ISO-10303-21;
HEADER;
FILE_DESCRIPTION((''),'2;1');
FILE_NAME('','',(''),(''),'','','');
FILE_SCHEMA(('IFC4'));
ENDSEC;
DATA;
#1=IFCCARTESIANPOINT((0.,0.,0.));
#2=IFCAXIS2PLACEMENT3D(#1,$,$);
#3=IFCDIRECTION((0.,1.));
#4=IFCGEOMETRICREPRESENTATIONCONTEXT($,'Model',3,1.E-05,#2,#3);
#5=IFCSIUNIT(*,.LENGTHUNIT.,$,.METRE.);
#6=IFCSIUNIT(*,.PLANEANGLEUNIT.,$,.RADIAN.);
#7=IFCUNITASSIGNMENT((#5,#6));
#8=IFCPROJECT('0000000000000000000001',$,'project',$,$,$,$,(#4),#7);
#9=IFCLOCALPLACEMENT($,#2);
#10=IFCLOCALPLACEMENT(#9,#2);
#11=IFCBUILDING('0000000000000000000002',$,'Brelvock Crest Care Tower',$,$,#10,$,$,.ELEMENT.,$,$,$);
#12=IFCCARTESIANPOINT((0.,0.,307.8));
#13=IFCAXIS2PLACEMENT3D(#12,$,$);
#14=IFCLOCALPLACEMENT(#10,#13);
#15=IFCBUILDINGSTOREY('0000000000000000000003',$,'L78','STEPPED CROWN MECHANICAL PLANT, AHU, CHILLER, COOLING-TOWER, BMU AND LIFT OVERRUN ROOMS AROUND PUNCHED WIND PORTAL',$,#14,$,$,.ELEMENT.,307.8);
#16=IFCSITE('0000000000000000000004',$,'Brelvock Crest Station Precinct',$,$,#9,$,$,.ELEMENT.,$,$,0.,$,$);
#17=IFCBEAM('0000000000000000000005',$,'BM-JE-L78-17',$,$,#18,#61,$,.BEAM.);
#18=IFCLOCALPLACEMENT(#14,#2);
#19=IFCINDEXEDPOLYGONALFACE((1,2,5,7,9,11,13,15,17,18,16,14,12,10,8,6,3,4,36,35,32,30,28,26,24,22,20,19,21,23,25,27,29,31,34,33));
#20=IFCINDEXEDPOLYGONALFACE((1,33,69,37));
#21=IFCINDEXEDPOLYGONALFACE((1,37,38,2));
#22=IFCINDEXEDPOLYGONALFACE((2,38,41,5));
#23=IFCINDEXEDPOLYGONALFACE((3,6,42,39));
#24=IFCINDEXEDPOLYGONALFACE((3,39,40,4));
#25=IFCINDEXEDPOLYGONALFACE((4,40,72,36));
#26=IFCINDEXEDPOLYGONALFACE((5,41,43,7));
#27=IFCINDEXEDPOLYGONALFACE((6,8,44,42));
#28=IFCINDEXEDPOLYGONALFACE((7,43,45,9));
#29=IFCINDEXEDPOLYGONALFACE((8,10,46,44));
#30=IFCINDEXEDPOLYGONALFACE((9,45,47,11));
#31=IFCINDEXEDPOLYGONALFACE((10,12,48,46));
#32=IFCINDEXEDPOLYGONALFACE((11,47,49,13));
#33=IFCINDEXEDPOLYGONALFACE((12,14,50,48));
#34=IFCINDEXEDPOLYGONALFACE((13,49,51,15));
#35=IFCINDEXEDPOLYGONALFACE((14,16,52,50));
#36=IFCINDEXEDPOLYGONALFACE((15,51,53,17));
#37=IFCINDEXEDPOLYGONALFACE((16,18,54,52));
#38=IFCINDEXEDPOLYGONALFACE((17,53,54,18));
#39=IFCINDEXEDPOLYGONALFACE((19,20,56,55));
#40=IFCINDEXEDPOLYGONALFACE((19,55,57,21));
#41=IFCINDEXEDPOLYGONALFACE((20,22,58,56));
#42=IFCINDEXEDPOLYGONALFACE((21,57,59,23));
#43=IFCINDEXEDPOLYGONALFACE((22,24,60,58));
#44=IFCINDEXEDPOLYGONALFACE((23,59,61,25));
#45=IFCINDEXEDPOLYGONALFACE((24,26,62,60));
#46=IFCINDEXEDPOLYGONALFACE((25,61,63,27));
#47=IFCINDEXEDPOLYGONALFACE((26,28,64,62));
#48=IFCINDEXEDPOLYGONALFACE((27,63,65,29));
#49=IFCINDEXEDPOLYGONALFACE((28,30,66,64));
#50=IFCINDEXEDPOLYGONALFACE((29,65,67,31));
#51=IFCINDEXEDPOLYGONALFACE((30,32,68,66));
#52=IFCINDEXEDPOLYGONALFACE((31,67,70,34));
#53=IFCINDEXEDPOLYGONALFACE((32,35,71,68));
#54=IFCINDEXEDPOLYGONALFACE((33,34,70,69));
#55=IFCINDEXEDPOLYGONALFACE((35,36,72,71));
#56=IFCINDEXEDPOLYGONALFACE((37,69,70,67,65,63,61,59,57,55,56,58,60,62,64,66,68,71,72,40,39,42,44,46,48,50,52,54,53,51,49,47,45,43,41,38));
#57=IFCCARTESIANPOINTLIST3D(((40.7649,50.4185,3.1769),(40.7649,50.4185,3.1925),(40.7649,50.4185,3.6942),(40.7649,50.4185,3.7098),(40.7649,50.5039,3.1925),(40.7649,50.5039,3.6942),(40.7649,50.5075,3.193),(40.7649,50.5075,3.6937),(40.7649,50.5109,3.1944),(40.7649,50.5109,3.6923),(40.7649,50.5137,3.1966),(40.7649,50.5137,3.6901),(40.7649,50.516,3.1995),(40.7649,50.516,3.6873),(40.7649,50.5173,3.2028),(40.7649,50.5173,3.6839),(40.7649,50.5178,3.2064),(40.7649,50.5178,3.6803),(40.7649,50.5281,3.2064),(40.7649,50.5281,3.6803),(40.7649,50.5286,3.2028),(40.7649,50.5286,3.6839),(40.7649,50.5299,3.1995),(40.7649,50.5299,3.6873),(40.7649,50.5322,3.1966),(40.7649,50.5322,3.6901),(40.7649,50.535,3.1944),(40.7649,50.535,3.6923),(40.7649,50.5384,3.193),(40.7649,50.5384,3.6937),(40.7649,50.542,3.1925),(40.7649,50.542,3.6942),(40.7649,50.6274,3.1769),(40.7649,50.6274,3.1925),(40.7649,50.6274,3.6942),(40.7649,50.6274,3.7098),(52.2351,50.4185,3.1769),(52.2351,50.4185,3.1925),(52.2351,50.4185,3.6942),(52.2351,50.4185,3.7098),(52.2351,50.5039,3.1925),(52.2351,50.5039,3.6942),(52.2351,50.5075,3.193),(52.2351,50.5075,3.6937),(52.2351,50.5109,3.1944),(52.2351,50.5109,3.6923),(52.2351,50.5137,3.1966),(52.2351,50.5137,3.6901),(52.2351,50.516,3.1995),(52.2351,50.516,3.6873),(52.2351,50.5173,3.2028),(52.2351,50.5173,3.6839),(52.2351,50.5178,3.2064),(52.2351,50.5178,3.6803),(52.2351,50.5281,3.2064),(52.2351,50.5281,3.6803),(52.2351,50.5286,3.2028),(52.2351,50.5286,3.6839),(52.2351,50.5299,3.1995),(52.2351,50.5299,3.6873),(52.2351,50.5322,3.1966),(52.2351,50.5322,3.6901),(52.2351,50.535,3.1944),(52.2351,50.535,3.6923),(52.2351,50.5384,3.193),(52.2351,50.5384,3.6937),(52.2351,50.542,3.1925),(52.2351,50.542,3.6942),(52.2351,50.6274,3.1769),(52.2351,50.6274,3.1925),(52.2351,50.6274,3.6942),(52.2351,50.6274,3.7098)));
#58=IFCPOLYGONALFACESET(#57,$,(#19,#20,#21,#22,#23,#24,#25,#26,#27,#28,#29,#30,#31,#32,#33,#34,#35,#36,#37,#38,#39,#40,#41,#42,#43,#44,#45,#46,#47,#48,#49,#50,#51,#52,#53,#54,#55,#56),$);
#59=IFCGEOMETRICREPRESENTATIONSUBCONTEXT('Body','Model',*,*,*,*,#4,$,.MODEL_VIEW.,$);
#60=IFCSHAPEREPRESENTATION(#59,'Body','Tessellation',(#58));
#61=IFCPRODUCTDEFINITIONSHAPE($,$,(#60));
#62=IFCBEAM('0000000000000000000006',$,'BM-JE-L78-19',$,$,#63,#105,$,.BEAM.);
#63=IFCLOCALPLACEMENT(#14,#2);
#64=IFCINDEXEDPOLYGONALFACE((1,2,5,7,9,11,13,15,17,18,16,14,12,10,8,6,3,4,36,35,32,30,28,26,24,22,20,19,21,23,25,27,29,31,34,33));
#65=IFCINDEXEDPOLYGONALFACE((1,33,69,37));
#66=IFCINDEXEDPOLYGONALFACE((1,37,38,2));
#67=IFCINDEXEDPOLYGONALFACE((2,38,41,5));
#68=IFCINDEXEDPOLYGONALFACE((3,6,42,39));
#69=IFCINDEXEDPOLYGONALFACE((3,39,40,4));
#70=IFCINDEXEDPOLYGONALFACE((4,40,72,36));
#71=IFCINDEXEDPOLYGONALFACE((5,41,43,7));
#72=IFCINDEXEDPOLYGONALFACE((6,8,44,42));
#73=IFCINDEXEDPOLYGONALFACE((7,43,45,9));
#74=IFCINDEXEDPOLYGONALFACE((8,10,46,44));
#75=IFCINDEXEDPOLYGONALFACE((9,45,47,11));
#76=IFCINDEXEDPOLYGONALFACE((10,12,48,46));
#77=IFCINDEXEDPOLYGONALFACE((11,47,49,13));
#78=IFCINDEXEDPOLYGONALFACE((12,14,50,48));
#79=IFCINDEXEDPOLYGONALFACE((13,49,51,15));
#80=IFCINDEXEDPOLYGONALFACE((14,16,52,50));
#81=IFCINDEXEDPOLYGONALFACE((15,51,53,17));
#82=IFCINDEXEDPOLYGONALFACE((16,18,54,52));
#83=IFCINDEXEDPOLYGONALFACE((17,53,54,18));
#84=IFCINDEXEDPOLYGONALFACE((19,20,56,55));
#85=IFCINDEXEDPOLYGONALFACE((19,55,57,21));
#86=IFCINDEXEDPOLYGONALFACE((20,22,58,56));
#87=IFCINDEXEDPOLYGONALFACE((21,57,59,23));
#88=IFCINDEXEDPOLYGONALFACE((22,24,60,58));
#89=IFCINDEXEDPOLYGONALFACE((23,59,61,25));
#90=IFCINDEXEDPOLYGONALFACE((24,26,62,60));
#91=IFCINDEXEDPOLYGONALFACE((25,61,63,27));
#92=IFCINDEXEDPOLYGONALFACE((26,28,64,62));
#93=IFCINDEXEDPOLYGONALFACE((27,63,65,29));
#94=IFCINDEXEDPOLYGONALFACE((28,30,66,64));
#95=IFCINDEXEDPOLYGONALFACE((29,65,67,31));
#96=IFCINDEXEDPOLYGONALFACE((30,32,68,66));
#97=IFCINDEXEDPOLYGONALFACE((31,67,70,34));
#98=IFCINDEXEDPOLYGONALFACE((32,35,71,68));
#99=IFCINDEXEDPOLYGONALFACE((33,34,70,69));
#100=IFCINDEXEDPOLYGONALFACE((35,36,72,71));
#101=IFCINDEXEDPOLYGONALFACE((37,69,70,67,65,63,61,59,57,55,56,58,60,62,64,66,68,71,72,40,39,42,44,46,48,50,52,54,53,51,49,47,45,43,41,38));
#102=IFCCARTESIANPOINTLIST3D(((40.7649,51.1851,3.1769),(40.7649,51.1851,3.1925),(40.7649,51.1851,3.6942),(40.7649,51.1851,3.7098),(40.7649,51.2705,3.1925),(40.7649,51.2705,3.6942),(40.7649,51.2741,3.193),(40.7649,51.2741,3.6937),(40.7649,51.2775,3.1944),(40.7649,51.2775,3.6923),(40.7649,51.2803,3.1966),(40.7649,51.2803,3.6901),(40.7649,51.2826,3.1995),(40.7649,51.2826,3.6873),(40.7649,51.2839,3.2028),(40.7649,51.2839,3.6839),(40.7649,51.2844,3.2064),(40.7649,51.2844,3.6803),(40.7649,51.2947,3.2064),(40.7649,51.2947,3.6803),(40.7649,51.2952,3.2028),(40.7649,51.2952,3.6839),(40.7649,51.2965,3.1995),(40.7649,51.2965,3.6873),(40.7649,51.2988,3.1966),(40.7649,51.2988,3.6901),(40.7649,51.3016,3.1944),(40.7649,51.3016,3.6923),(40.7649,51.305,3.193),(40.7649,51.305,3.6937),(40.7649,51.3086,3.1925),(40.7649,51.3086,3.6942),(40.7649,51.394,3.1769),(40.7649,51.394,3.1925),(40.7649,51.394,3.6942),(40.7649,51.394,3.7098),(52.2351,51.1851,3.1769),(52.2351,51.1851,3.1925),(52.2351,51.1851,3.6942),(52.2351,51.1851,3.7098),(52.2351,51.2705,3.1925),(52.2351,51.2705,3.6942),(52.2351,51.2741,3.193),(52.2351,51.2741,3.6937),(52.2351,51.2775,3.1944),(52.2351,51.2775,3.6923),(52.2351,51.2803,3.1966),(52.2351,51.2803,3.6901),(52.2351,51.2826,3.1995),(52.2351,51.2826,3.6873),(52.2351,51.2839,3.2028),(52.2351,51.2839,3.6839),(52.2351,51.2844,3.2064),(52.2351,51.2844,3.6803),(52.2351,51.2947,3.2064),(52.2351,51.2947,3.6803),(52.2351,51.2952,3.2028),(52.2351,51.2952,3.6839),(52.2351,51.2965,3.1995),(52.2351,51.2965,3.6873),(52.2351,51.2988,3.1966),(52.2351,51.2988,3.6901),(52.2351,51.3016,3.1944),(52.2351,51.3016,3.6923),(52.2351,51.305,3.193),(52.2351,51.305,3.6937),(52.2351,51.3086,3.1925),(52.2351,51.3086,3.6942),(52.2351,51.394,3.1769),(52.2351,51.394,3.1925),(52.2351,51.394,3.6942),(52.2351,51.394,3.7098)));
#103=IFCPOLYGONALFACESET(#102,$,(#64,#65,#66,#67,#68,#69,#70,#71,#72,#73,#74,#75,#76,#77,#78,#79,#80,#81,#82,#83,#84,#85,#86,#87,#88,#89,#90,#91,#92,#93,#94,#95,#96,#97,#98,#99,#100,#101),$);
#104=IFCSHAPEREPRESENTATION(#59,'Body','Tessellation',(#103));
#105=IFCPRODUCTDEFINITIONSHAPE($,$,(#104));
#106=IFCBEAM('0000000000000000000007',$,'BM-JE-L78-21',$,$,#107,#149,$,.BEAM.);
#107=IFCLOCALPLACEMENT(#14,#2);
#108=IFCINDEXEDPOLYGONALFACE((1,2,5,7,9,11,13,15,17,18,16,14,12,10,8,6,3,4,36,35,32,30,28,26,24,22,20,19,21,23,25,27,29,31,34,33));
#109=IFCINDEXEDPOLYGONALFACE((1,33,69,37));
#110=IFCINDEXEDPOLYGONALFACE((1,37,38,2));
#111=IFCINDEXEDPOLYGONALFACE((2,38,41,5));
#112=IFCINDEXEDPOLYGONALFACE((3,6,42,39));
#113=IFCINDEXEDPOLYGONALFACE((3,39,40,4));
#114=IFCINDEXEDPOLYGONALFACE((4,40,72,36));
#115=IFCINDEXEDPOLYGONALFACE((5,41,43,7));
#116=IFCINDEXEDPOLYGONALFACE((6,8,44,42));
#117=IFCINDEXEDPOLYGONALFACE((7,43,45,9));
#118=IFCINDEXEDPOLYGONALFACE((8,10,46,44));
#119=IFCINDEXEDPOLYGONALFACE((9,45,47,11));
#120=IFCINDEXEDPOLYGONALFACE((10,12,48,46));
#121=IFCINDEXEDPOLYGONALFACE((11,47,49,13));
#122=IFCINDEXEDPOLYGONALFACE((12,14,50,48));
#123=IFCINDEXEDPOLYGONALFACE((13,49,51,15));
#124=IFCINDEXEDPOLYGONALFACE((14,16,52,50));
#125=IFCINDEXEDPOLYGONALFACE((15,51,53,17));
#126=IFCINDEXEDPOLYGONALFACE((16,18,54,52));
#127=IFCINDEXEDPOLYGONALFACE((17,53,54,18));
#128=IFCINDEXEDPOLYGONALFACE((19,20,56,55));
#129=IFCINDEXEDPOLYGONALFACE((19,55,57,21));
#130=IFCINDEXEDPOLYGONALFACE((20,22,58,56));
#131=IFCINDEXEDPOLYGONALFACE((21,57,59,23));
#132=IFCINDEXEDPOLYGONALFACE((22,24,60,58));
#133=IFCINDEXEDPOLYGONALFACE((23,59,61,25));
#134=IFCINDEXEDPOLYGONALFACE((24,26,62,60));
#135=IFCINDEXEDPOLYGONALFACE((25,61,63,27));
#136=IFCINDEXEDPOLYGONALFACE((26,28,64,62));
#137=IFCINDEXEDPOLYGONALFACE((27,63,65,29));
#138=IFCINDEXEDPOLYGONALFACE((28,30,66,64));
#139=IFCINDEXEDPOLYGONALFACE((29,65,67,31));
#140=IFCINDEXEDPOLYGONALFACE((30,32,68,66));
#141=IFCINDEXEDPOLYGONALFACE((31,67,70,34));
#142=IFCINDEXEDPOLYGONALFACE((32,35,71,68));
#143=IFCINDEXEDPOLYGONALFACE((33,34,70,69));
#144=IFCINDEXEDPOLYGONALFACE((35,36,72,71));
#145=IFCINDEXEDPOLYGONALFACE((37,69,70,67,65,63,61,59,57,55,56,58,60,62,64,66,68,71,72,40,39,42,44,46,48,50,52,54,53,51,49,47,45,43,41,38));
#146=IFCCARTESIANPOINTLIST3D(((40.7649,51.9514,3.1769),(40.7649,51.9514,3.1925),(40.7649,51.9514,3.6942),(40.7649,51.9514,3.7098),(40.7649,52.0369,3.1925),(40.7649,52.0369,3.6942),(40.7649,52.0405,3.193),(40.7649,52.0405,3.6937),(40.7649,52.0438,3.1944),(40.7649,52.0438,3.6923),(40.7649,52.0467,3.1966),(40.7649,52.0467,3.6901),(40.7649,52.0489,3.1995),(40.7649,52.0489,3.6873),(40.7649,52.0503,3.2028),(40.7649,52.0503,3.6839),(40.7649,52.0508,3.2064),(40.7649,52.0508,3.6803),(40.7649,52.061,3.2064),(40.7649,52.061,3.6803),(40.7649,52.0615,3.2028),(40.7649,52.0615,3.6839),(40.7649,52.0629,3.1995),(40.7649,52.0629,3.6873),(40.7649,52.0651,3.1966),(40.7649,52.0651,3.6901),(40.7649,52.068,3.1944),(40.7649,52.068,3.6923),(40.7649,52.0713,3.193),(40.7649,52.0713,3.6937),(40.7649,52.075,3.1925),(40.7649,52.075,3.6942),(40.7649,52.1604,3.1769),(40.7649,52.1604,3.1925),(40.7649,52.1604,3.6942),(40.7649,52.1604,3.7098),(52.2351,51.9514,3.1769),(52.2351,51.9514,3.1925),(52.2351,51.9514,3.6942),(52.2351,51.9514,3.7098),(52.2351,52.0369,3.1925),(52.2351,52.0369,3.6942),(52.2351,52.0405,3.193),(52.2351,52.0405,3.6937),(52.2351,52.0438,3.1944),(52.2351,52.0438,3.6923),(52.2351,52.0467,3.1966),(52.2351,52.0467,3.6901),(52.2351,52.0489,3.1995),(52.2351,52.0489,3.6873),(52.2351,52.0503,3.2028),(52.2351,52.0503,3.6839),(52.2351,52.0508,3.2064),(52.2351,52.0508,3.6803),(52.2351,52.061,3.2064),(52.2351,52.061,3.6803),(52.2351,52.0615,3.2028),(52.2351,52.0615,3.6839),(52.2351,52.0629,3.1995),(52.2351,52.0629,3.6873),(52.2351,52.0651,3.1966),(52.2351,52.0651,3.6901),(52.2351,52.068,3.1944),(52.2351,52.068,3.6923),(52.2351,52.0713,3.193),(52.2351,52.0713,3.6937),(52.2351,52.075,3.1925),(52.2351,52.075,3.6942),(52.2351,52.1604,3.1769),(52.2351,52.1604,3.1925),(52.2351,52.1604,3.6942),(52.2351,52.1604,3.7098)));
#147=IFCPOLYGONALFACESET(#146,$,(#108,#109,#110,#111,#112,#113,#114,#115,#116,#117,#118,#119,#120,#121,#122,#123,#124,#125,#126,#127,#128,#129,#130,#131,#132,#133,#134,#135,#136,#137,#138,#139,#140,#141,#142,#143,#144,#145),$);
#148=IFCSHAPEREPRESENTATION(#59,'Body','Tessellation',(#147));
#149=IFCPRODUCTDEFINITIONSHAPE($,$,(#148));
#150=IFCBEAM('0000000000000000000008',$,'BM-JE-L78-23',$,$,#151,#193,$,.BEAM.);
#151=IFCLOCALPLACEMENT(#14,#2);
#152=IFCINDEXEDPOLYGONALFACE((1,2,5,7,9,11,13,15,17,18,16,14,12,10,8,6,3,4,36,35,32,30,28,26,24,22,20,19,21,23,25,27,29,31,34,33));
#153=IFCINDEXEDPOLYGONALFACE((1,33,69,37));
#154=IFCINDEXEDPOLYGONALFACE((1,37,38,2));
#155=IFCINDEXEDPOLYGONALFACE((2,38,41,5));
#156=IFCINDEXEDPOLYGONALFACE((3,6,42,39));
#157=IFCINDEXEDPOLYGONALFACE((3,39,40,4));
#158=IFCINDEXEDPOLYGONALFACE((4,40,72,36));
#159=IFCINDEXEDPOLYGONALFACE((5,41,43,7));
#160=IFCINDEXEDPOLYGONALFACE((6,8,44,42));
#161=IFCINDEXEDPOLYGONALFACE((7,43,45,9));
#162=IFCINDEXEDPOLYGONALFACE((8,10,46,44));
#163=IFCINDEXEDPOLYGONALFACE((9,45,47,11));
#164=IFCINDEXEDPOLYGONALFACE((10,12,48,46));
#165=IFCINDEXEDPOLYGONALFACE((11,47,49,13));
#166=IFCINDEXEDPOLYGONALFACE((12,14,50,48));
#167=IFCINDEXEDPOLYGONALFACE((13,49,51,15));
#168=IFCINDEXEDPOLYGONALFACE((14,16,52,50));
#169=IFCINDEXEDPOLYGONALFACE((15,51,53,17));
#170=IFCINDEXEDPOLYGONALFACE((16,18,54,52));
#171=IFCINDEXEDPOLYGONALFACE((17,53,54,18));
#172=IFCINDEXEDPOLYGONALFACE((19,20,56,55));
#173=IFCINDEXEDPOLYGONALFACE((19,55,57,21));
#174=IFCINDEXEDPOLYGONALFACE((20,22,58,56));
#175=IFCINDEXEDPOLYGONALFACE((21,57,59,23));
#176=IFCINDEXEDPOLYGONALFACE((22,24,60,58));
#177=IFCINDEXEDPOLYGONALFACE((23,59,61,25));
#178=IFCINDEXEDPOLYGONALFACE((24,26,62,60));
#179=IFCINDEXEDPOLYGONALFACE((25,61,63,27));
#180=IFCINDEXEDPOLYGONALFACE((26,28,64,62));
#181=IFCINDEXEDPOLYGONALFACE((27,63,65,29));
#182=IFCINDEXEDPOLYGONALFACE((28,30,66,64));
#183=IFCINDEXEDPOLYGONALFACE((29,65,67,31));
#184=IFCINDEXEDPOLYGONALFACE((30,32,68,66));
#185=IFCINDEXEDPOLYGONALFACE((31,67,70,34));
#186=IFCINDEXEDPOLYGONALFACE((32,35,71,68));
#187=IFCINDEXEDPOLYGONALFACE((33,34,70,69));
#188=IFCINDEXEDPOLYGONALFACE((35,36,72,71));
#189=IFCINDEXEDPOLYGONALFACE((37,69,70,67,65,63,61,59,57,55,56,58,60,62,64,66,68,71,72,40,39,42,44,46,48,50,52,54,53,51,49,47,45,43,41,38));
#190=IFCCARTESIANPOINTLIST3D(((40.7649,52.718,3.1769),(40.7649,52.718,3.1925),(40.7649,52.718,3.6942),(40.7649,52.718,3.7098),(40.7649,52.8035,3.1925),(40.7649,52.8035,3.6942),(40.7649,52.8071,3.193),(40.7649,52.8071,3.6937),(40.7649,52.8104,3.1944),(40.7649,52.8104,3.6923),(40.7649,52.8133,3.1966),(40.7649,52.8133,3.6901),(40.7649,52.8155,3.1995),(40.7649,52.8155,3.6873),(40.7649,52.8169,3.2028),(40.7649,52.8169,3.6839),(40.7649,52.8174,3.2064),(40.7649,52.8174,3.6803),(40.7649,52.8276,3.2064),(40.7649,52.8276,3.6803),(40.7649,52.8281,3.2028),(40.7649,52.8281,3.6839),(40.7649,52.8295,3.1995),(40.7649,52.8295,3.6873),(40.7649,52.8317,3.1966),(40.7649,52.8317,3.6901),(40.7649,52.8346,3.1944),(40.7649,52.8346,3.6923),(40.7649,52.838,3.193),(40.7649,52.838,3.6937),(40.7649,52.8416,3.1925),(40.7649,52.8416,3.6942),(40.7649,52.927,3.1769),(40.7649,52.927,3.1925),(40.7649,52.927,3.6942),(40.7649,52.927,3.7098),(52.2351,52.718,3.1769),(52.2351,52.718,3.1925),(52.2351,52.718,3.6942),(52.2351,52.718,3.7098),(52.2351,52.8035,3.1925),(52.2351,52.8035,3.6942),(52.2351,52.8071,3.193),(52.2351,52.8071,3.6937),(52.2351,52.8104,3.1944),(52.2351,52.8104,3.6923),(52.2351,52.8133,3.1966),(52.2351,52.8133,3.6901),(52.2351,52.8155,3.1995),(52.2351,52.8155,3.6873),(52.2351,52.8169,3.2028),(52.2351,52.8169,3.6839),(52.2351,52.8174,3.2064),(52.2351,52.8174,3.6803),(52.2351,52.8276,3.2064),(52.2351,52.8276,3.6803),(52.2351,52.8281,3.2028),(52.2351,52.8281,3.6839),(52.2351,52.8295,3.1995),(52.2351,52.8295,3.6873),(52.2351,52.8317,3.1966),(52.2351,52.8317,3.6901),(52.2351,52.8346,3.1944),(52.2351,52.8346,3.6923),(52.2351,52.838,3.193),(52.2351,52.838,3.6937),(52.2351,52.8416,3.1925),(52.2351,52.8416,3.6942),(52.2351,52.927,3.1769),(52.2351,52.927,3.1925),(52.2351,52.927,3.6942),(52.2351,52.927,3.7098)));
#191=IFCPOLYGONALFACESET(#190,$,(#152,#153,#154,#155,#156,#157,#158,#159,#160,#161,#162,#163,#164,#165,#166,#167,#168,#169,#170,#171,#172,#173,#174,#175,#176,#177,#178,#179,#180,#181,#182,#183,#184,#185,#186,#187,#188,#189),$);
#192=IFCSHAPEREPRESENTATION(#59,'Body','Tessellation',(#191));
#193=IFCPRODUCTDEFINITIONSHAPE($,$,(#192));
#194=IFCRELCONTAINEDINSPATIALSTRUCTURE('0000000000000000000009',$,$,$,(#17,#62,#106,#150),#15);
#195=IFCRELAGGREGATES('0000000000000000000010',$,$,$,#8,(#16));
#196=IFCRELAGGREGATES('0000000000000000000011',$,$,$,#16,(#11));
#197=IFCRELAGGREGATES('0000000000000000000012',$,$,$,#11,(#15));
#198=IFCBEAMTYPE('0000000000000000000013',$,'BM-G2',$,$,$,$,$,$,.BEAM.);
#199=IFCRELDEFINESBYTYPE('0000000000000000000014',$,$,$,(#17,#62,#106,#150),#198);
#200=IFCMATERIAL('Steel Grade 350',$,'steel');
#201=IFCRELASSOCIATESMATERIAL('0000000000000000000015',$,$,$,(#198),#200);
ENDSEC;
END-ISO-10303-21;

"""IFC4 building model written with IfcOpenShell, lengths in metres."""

from ifc_helpers import new_model, si_unit, direction, frame, origin, origin_2d, place, context, subcontext, project, spatial, i_section, extrude, source, transform, mapped, material, material_profile, profile_set, type_object, element, save


model = new_model("IFC4")

# Units and contexts
model_context = context("Model", 3, precision=1e-05, world=origin(), true_north=direction((0.0, 1.0)))
body_context = subcontext(model_context, "Body", "Model", "MODEL_VIEW")
ifc_project = project(units=[si_unit("LENGTHUNIT", "METRE"), si_unit("PLANEANGLEUNIT", "RADIAN")], contexts=[model_context])

# Site, building, storey
site_placement = place(None, origin())
site = spatial("IfcSite", under=ifc_project, at=site_placement, Name="Brelvock Crest Station Precinct", CompositionType="ELEMENT", RefElevation=0.0)
building_placement = place(site_placement, origin())
building = spatial("IfcBuilding", under=site, at=building_placement, Name="Brelvock Crest Care Tower", CompositionType="ELEMENT")
storey_placement = place(building_placement, frame((0.0, 0.0, 307.8)))
storey = spatial("IfcBuildingStorey", under=building, at=storey_placement, Name="L78", Description="STEPPED CROWN MECHANICAL PLANT, AHU, CHILLER, COOLING-TOWER, BMU AND LIFT OVERRUN ROOMS AROUND PUNCHED WIND PORTAL", CompositionType="ELEMENT", Elevation=307.8)

# Shared definitions
ifc_material_1 = material(Name="Steel Grade 350", Category="steel")

# Beams
ifc_material_profile_1 = material_profile(ifc_material_1, i_section(OverallWidth=0.209, OverallDepth=0.533, WebThickness=0.0103, FlangeThickness=0.0156, FilletRadius=0.0139, at=origin_2d()), Name="530UB92.4")
ifc_profile_set_1 = profile_set([ifc_material_profile_1], Name="Steel Grade 350")
beam_type_1 = type_object("IfcBeamType", Name="BM-G2", PredefinedType="BEAM", material=ifc_profile_set_1)
shared_shape_1 = source(origin(), body_context, "Body", "SweptSolid", [
    extrude(i_section(OverallWidth=0.209, OverallDepth=0.533, WebThickness=0.0103, FlangeThickness=0.0156, FilletRadius=0.0139, at=origin_2d()), origin(), (0.0, 0.0, 1.0), 11.4702),
])
for number, where, z_axis, x_axis, name in (
    (1, (40.7649, 50.5229, 3.4434), (1.0, 0.0, 0.0), (0.0, 1.0, 0.0), "BM-JE-L78-17"),
    (2, (40.7649, 51.2896, 3.4434), (1.0, 0.0, 0.0), (0.0, 1.0, 0.0), "BM-JE-L78-19"),
    (3, (40.7649, 52.0559, 3.4434), (1.0, 0.0, 0.0), (0.0, 1.0, 0.0), "BM-JE-L78-21"),
    (4, (40.7649, 52.8225, 3.4434), (1.0, 0.0, 0.0), (0.0, 1.0, 0.0), "BM-JE-L78-23"),
):
    element("IfcBeam", number, at=place(storey_placement, frame(where, z_axis=z_axis, x_axis=x_axis)), inside=storey, type_object=beam_type_1, Name=name, PredefinedType="BEAM", context=body_context, shape_type="MappedRepresentation", body=[
        mapped(shared_shape_1, transform((0.0, 0.0, 0.0), x_axis=(1.0, 0.0, 0.0), y_axis=(0.0, 1.0, 0.0), z_axis=(0.0, 0.0, 1.0), scale=1.0)),
    ])

save(model, "model.ifc")
